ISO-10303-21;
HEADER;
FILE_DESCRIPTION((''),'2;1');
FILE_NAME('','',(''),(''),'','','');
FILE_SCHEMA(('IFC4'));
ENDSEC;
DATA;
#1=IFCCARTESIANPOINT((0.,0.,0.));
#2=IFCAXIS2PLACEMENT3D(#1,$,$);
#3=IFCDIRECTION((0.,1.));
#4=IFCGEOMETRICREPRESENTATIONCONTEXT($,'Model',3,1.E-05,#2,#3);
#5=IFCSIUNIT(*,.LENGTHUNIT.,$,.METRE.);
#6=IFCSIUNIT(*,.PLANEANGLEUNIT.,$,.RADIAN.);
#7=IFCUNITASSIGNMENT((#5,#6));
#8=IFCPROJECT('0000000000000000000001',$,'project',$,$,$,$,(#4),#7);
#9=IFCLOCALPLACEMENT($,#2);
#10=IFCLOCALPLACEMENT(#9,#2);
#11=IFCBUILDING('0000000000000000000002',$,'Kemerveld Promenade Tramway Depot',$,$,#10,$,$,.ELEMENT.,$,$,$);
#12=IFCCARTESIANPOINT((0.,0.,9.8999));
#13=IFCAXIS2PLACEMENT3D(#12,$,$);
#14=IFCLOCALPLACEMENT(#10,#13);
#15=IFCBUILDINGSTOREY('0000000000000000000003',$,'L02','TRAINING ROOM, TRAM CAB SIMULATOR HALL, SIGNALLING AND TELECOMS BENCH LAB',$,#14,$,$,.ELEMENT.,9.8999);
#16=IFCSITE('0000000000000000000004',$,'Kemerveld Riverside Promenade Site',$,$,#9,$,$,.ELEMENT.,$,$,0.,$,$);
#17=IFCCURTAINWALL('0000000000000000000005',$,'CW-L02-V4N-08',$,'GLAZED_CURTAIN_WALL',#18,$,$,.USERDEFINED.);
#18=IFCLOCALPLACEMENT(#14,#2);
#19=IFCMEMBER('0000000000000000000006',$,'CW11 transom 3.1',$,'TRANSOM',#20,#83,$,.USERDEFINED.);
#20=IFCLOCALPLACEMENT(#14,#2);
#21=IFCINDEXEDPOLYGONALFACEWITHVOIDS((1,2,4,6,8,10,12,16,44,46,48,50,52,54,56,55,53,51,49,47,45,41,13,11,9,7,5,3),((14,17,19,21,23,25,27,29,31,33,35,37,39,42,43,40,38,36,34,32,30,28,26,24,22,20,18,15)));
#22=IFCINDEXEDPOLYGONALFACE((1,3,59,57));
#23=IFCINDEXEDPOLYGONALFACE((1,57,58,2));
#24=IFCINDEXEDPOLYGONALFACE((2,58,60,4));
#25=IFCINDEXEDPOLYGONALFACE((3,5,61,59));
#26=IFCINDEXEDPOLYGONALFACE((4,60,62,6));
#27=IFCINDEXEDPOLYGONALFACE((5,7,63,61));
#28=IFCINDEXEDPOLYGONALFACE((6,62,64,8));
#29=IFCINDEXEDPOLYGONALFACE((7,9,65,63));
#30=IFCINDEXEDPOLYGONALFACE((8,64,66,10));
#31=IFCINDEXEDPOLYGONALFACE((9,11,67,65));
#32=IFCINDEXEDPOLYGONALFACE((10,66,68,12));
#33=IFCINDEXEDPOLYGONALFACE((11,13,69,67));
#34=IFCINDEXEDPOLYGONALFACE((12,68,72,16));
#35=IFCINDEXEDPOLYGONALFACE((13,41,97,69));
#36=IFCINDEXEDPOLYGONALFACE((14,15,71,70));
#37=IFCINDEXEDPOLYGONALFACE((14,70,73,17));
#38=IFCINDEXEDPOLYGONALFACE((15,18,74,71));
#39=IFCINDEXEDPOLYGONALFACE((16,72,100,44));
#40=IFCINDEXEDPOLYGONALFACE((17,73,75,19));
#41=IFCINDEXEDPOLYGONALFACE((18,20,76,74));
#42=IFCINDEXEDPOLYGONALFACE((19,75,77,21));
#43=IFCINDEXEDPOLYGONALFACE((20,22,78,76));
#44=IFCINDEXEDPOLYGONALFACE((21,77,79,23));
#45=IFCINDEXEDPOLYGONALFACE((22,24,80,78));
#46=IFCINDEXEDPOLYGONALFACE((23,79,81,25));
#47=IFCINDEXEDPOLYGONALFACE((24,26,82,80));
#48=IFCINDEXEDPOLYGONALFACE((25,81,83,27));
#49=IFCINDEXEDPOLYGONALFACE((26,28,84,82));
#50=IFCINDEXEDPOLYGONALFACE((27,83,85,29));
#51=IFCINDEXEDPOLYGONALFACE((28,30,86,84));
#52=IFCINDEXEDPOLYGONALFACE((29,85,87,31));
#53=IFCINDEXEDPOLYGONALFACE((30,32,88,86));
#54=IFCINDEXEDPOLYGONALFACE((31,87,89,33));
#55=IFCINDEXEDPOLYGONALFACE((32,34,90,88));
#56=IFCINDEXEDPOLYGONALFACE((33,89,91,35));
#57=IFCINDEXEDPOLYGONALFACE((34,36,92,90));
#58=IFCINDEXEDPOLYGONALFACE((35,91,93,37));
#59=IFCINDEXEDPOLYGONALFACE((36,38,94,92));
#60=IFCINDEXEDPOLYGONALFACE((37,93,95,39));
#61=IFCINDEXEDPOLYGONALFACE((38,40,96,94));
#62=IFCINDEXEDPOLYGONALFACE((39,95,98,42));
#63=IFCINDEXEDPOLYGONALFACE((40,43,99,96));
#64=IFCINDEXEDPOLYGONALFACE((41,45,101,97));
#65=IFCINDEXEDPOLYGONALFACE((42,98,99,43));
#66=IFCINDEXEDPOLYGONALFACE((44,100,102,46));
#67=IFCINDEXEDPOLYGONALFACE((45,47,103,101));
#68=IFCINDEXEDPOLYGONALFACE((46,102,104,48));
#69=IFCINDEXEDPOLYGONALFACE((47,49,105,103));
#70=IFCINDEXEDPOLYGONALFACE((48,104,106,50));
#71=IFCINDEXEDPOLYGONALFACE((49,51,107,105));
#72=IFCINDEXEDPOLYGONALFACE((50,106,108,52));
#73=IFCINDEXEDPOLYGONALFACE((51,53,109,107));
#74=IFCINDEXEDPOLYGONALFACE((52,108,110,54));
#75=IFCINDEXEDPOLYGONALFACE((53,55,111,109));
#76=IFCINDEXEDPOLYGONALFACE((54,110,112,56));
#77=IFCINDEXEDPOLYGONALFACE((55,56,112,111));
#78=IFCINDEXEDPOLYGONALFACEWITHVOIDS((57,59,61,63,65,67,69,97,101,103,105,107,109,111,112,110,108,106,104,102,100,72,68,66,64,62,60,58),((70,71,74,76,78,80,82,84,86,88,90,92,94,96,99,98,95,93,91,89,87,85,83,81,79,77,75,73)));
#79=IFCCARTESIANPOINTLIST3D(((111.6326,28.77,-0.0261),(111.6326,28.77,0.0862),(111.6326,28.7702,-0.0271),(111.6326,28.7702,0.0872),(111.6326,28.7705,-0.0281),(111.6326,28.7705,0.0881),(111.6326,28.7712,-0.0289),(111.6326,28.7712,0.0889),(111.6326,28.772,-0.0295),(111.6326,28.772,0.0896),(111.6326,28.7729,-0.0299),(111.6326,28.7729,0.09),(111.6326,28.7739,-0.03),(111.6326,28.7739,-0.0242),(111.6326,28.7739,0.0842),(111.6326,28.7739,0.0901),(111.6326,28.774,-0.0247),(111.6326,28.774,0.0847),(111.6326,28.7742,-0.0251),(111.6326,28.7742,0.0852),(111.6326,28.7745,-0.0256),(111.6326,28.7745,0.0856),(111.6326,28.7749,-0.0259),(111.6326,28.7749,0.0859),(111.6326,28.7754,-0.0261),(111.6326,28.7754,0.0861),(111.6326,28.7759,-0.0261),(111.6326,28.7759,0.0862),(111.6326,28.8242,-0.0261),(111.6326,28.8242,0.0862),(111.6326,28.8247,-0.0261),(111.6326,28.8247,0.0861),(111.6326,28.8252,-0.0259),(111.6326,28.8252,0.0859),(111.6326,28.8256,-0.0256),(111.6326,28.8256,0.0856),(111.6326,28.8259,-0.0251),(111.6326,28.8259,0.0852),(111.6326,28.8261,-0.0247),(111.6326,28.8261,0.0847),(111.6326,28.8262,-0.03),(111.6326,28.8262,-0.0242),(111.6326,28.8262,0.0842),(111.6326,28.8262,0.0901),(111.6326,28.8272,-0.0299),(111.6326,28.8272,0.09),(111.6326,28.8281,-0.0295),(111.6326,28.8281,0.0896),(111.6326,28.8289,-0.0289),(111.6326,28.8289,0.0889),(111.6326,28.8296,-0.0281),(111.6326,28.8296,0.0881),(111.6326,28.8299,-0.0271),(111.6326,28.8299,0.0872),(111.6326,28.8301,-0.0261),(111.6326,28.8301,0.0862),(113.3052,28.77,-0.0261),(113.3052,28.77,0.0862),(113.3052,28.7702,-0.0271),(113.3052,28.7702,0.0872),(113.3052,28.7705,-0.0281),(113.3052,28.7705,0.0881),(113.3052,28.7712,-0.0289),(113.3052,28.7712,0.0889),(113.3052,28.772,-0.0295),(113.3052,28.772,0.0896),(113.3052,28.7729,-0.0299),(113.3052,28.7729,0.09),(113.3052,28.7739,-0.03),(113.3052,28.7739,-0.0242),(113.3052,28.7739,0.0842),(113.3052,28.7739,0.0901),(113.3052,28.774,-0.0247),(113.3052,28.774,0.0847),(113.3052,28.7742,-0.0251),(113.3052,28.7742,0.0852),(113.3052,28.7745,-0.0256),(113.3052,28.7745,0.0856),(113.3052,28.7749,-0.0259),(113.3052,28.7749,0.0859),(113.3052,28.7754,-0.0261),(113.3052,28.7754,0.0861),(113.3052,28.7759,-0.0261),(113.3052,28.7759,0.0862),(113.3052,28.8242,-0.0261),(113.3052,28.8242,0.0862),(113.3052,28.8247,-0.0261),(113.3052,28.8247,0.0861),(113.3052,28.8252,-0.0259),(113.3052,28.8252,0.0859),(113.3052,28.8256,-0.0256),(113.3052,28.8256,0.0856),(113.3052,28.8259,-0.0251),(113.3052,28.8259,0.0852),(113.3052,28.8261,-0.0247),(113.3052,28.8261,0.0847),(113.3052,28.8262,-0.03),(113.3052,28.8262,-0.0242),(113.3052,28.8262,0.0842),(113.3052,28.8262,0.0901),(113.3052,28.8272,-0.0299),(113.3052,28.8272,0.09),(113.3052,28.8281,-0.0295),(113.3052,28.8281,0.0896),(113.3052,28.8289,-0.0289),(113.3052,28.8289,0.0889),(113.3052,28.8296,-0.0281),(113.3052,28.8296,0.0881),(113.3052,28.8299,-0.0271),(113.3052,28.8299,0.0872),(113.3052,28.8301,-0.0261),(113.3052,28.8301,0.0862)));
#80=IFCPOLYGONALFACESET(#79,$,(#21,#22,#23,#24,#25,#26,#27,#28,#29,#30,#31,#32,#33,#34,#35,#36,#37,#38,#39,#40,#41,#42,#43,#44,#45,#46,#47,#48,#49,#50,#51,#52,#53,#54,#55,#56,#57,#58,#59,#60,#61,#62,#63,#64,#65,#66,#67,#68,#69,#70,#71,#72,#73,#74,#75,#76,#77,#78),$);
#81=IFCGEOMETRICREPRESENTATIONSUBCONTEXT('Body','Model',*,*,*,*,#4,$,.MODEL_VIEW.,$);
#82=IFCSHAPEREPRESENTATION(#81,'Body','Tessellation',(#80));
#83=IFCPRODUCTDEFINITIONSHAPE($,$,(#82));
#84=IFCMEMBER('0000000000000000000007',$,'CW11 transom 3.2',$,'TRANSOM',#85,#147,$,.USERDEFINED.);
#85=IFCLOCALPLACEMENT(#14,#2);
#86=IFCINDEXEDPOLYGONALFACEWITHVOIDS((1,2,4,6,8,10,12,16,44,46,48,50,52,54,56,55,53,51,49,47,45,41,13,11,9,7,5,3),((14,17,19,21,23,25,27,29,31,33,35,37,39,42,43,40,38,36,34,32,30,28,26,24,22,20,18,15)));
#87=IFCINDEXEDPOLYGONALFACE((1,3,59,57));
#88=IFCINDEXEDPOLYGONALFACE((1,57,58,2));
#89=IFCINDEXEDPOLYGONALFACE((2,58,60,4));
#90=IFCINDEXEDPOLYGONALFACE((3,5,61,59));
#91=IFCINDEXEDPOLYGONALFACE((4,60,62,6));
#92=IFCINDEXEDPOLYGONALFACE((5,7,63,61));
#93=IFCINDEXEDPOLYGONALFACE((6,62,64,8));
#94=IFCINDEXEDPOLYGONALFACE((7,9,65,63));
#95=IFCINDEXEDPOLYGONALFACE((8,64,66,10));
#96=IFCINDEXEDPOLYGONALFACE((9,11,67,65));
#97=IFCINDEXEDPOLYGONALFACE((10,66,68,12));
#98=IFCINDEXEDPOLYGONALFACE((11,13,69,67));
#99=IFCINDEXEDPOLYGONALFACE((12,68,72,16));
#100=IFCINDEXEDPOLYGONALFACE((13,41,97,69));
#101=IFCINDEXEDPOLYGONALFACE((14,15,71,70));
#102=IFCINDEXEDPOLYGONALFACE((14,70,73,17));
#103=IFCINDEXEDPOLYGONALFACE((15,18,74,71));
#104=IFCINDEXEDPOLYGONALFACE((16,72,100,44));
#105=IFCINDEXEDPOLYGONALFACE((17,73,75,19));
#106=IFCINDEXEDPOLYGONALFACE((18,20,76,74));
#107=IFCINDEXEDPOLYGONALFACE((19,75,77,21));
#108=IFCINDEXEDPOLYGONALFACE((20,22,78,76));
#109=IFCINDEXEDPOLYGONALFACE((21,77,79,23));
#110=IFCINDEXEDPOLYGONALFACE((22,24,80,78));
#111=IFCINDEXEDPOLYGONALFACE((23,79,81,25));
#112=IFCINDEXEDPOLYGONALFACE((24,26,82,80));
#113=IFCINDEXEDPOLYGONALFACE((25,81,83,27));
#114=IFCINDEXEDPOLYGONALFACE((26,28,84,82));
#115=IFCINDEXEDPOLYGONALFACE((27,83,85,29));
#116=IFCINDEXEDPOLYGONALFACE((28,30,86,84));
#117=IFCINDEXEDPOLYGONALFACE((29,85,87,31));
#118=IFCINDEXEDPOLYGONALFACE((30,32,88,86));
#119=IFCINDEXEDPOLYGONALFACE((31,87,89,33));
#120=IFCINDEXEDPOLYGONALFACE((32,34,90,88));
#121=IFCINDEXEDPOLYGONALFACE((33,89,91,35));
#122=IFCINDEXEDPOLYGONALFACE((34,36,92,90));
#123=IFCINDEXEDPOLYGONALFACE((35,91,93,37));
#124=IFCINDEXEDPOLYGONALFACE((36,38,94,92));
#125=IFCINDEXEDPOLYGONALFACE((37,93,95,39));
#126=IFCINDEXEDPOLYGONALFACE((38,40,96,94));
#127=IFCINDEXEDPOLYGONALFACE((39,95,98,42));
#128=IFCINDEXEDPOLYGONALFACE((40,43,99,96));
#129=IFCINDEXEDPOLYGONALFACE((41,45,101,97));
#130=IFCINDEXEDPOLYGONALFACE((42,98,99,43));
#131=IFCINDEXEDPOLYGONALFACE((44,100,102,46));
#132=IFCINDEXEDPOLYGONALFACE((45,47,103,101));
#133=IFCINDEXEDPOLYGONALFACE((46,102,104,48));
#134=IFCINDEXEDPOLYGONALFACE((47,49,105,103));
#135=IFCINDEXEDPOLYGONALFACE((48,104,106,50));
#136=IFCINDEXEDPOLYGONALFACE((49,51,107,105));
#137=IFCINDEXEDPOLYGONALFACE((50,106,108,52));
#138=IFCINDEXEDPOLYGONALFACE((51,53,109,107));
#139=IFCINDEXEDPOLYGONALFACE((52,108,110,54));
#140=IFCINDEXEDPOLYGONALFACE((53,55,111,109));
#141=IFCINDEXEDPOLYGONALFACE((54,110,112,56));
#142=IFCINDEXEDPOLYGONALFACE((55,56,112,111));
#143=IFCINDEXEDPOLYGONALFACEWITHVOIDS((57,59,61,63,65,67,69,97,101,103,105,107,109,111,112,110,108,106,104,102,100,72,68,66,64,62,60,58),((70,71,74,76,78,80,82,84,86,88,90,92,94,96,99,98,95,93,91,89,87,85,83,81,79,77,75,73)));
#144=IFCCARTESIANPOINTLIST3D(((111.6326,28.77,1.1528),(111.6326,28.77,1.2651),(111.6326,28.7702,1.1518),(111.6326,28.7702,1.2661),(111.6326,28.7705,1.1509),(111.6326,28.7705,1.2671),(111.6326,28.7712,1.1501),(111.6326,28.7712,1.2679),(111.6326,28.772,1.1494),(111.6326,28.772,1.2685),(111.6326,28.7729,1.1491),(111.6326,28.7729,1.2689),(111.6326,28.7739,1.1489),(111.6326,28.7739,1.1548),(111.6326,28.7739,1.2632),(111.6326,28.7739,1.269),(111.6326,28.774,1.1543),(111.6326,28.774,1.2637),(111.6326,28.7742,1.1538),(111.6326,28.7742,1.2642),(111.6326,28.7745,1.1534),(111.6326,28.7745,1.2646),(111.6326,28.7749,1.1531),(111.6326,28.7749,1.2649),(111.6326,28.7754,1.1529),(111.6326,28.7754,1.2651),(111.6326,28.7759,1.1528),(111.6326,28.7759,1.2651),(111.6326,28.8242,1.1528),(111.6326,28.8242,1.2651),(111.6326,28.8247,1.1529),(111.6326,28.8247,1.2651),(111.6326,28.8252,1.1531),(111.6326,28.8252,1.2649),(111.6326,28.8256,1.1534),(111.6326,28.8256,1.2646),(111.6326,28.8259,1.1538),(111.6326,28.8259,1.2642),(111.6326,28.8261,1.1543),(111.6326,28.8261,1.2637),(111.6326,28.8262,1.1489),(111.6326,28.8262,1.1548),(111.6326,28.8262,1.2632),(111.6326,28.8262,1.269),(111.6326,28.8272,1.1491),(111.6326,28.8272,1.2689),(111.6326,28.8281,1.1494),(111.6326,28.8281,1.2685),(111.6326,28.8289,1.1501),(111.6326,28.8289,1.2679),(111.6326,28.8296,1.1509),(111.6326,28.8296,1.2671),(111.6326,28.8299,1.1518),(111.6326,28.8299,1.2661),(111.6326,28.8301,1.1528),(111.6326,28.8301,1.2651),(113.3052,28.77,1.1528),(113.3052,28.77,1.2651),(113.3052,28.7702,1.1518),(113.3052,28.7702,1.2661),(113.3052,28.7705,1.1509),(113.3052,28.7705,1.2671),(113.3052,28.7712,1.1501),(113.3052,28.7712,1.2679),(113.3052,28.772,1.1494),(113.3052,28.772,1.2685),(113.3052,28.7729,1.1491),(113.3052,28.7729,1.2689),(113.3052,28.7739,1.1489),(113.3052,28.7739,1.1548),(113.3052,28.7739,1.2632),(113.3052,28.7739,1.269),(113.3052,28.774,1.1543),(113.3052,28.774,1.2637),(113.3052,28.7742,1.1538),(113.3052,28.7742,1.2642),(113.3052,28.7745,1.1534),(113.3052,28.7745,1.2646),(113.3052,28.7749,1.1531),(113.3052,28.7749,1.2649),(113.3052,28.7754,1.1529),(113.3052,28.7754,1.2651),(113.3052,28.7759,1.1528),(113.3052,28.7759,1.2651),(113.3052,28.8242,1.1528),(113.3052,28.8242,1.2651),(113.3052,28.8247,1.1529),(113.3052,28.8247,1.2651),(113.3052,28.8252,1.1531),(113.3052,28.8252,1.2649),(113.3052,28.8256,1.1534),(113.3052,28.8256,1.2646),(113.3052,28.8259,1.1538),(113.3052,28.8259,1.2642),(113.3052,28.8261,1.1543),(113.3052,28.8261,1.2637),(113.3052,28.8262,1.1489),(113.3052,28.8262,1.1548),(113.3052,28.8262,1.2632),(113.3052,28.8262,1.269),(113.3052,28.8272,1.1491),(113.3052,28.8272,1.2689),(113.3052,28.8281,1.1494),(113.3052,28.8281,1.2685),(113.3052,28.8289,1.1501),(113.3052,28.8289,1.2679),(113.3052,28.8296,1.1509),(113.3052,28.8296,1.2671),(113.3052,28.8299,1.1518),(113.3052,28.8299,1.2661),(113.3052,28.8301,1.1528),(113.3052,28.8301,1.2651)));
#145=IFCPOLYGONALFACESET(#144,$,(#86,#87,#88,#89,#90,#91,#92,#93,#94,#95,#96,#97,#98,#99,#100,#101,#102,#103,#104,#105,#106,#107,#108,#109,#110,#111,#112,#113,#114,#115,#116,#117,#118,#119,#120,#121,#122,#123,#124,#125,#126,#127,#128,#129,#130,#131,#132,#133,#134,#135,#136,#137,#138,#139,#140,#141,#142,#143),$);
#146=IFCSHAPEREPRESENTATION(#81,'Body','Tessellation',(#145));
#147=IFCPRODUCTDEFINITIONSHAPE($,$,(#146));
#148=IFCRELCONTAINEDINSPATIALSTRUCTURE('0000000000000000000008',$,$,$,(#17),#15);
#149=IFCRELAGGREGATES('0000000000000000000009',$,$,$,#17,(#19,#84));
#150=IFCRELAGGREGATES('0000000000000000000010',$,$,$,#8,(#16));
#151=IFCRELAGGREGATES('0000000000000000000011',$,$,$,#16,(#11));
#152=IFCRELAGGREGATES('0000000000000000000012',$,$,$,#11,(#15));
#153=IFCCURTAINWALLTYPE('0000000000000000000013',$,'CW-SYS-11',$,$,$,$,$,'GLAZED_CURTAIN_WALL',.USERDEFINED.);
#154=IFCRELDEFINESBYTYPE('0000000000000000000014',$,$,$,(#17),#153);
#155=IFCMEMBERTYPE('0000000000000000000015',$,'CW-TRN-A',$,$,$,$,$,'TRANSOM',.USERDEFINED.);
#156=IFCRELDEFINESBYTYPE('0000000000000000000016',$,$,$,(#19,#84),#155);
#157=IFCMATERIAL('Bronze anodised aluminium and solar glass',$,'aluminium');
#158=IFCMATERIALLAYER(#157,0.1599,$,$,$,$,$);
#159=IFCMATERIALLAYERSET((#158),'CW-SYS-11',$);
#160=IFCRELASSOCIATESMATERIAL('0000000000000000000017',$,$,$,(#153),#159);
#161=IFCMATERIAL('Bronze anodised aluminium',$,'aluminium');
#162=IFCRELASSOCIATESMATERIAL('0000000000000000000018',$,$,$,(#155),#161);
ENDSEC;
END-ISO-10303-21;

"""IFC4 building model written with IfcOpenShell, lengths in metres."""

from ifc_helpers import new_model, si_unit, direction, frame, origin, origin_2d, place, context, subcontext, project, spatial, hollow_rectangle, extrude, material, layer, layer_set, material_profile, profile_set, type_object, element, aggregate, save


model = new_model("IFC4")

# Units and contexts
model_context = context("Model", 3, precision=1e-05, world=origin(), true_north=direction((0.0, 1.0)))
body_context = subcontext(model_context, "Body", "Model", "MODEL_VIEW")
ifc_project = project(units=[si_unit("LENGTHUNIT", "METRE"), si_unit("PLANEANGLEUNIT", "RADIAN")], contexts=[model_context])

# Site, building, storey
site_placement = place(None, origin())
site = spatial("IfcSite", under=ifc_project, at=site_placement, Name="Kemerveld Riverside Promenade Site", CompositionType="ELEMENT", RefElevation=0.0)
building_placement = place(site_placement, origin())
building = spatial("IfcBuilding", under=site, at=building_placement, Name="Kemerveld Promenade Tramway Depot", CompositionType="ELEMENT")
storey_placement = place(building_placement, frame((0.0, 0.0, 9.8999)))
storey = spatial("IfcBuildingStorey", under=building, at=storey_placement, Name="L02", Description="TRAINING ROOM, TRAM CAB SIMULATOR HALL, SIGNALLING AND TELECOMS BENCH LAB", CompositionType="ELEMENT", Elevation=9.8999)

# Curtain wall, members
ifc_material_1 = material(Name="Bronze anodised aluminium and solar glass", Category="aluminium")
ifc_layer_1 = layer(ifc_material_1, 0.1599)
ifc_layer_set_1 = layer_set([ifc_layer_1], Name="CW-SYS-11")
curtain_wall_type = type_object("IfcCurtainWallType", Name="CW-SYS-11", ElementType="GLAZED_CURTAIN_WALL", PredefinedType="USERDEFINED", material=ifc_layer_set_1)
curtain_wall_placement = place(storey_placement, origin())
curtain_wall = element("IfcCurtainWall", 1, at=curtain_wall_placement, inside=storey, type_object=curtain_wall_type, Name="CW-L02-V4N-08", ObjectType="GLAZED_CURTAIN_WALL", PredefinedType="USERDEFINED")
ifc_material_2 = material(Name="Bronze anodised aluminium", Category="aluminium")
ifc_material_profile_1 = material_profile(ifc_material_2, hollow_rectangle(XDim=0.0601, YDim=0.1201, WallThickness=0.0039, InnerFilletRadius=0.002, OuterFilletRadius=0.0039, at=origin_2d()), Name="CW-TRN-120x60")
ifc_profile_set_1 = profile_set([ifc_material_profile_1], Name="Bronze anodised aluminium")
member_type_1 = type_object("IfcMemberType", Name="CW-TRN-A", ElementType="TRANSOM", PredefinedType="USERDEFINED", material=ifc_profile_set_1)
member_1_placement = place(storey_placement, frame((111.6326, 28.8, 0.03), z_axis=(1.0, 0.0, 0.0), x_axis=(0.0, 1.0, 0.0)))
member_1 = element("IfcMember", 2, at=member_1_placement, type_object=member_type_1, Name="CW11 transom 3.1", ObjectType="TRANSOM", PredefinedType="USERDEFINED", context=body_context, shape_type="SweptSolid", body=[
    extrude(hollow_rectangle(XDim=0.0601, YDim=0.1201, WallThickness=0.0039, InnerFilletRadius=0.002, OuterFilletRadius=0.0039, at=origin_2d()), origin(), (0.0, 0.0, 1.0), 1.6726),
])
member_2_placement = place(storey_placement, frame((111.6326, 28.8, 1.209), z_axis=(1.0, 0.0, 0.0), x_axis=(0.0, 1.0, 0.0)))
member_2 = element("IfcMember", 3, at=member_2_placement, type_object=member_type_1, Name="CW11 transom 3.2", ObjectType="TRANSOM", PredefinedType="USERDEFINED", context=body_context, shape_type="SweptSolid", body=[
    extrude(hollow_rectangle(XDim=0.0601, YDim=0.1201, WallThickness=0.0039, InnerFilletRadius=0.002, OuterFilletRadius=0.0039, at=origin_2d()), origin(), (0.0, 0.0, 1.0), 1.6726),
])
aggregate(curtain_wall, [member_1, member_2])

save(model, "model.ifc")
